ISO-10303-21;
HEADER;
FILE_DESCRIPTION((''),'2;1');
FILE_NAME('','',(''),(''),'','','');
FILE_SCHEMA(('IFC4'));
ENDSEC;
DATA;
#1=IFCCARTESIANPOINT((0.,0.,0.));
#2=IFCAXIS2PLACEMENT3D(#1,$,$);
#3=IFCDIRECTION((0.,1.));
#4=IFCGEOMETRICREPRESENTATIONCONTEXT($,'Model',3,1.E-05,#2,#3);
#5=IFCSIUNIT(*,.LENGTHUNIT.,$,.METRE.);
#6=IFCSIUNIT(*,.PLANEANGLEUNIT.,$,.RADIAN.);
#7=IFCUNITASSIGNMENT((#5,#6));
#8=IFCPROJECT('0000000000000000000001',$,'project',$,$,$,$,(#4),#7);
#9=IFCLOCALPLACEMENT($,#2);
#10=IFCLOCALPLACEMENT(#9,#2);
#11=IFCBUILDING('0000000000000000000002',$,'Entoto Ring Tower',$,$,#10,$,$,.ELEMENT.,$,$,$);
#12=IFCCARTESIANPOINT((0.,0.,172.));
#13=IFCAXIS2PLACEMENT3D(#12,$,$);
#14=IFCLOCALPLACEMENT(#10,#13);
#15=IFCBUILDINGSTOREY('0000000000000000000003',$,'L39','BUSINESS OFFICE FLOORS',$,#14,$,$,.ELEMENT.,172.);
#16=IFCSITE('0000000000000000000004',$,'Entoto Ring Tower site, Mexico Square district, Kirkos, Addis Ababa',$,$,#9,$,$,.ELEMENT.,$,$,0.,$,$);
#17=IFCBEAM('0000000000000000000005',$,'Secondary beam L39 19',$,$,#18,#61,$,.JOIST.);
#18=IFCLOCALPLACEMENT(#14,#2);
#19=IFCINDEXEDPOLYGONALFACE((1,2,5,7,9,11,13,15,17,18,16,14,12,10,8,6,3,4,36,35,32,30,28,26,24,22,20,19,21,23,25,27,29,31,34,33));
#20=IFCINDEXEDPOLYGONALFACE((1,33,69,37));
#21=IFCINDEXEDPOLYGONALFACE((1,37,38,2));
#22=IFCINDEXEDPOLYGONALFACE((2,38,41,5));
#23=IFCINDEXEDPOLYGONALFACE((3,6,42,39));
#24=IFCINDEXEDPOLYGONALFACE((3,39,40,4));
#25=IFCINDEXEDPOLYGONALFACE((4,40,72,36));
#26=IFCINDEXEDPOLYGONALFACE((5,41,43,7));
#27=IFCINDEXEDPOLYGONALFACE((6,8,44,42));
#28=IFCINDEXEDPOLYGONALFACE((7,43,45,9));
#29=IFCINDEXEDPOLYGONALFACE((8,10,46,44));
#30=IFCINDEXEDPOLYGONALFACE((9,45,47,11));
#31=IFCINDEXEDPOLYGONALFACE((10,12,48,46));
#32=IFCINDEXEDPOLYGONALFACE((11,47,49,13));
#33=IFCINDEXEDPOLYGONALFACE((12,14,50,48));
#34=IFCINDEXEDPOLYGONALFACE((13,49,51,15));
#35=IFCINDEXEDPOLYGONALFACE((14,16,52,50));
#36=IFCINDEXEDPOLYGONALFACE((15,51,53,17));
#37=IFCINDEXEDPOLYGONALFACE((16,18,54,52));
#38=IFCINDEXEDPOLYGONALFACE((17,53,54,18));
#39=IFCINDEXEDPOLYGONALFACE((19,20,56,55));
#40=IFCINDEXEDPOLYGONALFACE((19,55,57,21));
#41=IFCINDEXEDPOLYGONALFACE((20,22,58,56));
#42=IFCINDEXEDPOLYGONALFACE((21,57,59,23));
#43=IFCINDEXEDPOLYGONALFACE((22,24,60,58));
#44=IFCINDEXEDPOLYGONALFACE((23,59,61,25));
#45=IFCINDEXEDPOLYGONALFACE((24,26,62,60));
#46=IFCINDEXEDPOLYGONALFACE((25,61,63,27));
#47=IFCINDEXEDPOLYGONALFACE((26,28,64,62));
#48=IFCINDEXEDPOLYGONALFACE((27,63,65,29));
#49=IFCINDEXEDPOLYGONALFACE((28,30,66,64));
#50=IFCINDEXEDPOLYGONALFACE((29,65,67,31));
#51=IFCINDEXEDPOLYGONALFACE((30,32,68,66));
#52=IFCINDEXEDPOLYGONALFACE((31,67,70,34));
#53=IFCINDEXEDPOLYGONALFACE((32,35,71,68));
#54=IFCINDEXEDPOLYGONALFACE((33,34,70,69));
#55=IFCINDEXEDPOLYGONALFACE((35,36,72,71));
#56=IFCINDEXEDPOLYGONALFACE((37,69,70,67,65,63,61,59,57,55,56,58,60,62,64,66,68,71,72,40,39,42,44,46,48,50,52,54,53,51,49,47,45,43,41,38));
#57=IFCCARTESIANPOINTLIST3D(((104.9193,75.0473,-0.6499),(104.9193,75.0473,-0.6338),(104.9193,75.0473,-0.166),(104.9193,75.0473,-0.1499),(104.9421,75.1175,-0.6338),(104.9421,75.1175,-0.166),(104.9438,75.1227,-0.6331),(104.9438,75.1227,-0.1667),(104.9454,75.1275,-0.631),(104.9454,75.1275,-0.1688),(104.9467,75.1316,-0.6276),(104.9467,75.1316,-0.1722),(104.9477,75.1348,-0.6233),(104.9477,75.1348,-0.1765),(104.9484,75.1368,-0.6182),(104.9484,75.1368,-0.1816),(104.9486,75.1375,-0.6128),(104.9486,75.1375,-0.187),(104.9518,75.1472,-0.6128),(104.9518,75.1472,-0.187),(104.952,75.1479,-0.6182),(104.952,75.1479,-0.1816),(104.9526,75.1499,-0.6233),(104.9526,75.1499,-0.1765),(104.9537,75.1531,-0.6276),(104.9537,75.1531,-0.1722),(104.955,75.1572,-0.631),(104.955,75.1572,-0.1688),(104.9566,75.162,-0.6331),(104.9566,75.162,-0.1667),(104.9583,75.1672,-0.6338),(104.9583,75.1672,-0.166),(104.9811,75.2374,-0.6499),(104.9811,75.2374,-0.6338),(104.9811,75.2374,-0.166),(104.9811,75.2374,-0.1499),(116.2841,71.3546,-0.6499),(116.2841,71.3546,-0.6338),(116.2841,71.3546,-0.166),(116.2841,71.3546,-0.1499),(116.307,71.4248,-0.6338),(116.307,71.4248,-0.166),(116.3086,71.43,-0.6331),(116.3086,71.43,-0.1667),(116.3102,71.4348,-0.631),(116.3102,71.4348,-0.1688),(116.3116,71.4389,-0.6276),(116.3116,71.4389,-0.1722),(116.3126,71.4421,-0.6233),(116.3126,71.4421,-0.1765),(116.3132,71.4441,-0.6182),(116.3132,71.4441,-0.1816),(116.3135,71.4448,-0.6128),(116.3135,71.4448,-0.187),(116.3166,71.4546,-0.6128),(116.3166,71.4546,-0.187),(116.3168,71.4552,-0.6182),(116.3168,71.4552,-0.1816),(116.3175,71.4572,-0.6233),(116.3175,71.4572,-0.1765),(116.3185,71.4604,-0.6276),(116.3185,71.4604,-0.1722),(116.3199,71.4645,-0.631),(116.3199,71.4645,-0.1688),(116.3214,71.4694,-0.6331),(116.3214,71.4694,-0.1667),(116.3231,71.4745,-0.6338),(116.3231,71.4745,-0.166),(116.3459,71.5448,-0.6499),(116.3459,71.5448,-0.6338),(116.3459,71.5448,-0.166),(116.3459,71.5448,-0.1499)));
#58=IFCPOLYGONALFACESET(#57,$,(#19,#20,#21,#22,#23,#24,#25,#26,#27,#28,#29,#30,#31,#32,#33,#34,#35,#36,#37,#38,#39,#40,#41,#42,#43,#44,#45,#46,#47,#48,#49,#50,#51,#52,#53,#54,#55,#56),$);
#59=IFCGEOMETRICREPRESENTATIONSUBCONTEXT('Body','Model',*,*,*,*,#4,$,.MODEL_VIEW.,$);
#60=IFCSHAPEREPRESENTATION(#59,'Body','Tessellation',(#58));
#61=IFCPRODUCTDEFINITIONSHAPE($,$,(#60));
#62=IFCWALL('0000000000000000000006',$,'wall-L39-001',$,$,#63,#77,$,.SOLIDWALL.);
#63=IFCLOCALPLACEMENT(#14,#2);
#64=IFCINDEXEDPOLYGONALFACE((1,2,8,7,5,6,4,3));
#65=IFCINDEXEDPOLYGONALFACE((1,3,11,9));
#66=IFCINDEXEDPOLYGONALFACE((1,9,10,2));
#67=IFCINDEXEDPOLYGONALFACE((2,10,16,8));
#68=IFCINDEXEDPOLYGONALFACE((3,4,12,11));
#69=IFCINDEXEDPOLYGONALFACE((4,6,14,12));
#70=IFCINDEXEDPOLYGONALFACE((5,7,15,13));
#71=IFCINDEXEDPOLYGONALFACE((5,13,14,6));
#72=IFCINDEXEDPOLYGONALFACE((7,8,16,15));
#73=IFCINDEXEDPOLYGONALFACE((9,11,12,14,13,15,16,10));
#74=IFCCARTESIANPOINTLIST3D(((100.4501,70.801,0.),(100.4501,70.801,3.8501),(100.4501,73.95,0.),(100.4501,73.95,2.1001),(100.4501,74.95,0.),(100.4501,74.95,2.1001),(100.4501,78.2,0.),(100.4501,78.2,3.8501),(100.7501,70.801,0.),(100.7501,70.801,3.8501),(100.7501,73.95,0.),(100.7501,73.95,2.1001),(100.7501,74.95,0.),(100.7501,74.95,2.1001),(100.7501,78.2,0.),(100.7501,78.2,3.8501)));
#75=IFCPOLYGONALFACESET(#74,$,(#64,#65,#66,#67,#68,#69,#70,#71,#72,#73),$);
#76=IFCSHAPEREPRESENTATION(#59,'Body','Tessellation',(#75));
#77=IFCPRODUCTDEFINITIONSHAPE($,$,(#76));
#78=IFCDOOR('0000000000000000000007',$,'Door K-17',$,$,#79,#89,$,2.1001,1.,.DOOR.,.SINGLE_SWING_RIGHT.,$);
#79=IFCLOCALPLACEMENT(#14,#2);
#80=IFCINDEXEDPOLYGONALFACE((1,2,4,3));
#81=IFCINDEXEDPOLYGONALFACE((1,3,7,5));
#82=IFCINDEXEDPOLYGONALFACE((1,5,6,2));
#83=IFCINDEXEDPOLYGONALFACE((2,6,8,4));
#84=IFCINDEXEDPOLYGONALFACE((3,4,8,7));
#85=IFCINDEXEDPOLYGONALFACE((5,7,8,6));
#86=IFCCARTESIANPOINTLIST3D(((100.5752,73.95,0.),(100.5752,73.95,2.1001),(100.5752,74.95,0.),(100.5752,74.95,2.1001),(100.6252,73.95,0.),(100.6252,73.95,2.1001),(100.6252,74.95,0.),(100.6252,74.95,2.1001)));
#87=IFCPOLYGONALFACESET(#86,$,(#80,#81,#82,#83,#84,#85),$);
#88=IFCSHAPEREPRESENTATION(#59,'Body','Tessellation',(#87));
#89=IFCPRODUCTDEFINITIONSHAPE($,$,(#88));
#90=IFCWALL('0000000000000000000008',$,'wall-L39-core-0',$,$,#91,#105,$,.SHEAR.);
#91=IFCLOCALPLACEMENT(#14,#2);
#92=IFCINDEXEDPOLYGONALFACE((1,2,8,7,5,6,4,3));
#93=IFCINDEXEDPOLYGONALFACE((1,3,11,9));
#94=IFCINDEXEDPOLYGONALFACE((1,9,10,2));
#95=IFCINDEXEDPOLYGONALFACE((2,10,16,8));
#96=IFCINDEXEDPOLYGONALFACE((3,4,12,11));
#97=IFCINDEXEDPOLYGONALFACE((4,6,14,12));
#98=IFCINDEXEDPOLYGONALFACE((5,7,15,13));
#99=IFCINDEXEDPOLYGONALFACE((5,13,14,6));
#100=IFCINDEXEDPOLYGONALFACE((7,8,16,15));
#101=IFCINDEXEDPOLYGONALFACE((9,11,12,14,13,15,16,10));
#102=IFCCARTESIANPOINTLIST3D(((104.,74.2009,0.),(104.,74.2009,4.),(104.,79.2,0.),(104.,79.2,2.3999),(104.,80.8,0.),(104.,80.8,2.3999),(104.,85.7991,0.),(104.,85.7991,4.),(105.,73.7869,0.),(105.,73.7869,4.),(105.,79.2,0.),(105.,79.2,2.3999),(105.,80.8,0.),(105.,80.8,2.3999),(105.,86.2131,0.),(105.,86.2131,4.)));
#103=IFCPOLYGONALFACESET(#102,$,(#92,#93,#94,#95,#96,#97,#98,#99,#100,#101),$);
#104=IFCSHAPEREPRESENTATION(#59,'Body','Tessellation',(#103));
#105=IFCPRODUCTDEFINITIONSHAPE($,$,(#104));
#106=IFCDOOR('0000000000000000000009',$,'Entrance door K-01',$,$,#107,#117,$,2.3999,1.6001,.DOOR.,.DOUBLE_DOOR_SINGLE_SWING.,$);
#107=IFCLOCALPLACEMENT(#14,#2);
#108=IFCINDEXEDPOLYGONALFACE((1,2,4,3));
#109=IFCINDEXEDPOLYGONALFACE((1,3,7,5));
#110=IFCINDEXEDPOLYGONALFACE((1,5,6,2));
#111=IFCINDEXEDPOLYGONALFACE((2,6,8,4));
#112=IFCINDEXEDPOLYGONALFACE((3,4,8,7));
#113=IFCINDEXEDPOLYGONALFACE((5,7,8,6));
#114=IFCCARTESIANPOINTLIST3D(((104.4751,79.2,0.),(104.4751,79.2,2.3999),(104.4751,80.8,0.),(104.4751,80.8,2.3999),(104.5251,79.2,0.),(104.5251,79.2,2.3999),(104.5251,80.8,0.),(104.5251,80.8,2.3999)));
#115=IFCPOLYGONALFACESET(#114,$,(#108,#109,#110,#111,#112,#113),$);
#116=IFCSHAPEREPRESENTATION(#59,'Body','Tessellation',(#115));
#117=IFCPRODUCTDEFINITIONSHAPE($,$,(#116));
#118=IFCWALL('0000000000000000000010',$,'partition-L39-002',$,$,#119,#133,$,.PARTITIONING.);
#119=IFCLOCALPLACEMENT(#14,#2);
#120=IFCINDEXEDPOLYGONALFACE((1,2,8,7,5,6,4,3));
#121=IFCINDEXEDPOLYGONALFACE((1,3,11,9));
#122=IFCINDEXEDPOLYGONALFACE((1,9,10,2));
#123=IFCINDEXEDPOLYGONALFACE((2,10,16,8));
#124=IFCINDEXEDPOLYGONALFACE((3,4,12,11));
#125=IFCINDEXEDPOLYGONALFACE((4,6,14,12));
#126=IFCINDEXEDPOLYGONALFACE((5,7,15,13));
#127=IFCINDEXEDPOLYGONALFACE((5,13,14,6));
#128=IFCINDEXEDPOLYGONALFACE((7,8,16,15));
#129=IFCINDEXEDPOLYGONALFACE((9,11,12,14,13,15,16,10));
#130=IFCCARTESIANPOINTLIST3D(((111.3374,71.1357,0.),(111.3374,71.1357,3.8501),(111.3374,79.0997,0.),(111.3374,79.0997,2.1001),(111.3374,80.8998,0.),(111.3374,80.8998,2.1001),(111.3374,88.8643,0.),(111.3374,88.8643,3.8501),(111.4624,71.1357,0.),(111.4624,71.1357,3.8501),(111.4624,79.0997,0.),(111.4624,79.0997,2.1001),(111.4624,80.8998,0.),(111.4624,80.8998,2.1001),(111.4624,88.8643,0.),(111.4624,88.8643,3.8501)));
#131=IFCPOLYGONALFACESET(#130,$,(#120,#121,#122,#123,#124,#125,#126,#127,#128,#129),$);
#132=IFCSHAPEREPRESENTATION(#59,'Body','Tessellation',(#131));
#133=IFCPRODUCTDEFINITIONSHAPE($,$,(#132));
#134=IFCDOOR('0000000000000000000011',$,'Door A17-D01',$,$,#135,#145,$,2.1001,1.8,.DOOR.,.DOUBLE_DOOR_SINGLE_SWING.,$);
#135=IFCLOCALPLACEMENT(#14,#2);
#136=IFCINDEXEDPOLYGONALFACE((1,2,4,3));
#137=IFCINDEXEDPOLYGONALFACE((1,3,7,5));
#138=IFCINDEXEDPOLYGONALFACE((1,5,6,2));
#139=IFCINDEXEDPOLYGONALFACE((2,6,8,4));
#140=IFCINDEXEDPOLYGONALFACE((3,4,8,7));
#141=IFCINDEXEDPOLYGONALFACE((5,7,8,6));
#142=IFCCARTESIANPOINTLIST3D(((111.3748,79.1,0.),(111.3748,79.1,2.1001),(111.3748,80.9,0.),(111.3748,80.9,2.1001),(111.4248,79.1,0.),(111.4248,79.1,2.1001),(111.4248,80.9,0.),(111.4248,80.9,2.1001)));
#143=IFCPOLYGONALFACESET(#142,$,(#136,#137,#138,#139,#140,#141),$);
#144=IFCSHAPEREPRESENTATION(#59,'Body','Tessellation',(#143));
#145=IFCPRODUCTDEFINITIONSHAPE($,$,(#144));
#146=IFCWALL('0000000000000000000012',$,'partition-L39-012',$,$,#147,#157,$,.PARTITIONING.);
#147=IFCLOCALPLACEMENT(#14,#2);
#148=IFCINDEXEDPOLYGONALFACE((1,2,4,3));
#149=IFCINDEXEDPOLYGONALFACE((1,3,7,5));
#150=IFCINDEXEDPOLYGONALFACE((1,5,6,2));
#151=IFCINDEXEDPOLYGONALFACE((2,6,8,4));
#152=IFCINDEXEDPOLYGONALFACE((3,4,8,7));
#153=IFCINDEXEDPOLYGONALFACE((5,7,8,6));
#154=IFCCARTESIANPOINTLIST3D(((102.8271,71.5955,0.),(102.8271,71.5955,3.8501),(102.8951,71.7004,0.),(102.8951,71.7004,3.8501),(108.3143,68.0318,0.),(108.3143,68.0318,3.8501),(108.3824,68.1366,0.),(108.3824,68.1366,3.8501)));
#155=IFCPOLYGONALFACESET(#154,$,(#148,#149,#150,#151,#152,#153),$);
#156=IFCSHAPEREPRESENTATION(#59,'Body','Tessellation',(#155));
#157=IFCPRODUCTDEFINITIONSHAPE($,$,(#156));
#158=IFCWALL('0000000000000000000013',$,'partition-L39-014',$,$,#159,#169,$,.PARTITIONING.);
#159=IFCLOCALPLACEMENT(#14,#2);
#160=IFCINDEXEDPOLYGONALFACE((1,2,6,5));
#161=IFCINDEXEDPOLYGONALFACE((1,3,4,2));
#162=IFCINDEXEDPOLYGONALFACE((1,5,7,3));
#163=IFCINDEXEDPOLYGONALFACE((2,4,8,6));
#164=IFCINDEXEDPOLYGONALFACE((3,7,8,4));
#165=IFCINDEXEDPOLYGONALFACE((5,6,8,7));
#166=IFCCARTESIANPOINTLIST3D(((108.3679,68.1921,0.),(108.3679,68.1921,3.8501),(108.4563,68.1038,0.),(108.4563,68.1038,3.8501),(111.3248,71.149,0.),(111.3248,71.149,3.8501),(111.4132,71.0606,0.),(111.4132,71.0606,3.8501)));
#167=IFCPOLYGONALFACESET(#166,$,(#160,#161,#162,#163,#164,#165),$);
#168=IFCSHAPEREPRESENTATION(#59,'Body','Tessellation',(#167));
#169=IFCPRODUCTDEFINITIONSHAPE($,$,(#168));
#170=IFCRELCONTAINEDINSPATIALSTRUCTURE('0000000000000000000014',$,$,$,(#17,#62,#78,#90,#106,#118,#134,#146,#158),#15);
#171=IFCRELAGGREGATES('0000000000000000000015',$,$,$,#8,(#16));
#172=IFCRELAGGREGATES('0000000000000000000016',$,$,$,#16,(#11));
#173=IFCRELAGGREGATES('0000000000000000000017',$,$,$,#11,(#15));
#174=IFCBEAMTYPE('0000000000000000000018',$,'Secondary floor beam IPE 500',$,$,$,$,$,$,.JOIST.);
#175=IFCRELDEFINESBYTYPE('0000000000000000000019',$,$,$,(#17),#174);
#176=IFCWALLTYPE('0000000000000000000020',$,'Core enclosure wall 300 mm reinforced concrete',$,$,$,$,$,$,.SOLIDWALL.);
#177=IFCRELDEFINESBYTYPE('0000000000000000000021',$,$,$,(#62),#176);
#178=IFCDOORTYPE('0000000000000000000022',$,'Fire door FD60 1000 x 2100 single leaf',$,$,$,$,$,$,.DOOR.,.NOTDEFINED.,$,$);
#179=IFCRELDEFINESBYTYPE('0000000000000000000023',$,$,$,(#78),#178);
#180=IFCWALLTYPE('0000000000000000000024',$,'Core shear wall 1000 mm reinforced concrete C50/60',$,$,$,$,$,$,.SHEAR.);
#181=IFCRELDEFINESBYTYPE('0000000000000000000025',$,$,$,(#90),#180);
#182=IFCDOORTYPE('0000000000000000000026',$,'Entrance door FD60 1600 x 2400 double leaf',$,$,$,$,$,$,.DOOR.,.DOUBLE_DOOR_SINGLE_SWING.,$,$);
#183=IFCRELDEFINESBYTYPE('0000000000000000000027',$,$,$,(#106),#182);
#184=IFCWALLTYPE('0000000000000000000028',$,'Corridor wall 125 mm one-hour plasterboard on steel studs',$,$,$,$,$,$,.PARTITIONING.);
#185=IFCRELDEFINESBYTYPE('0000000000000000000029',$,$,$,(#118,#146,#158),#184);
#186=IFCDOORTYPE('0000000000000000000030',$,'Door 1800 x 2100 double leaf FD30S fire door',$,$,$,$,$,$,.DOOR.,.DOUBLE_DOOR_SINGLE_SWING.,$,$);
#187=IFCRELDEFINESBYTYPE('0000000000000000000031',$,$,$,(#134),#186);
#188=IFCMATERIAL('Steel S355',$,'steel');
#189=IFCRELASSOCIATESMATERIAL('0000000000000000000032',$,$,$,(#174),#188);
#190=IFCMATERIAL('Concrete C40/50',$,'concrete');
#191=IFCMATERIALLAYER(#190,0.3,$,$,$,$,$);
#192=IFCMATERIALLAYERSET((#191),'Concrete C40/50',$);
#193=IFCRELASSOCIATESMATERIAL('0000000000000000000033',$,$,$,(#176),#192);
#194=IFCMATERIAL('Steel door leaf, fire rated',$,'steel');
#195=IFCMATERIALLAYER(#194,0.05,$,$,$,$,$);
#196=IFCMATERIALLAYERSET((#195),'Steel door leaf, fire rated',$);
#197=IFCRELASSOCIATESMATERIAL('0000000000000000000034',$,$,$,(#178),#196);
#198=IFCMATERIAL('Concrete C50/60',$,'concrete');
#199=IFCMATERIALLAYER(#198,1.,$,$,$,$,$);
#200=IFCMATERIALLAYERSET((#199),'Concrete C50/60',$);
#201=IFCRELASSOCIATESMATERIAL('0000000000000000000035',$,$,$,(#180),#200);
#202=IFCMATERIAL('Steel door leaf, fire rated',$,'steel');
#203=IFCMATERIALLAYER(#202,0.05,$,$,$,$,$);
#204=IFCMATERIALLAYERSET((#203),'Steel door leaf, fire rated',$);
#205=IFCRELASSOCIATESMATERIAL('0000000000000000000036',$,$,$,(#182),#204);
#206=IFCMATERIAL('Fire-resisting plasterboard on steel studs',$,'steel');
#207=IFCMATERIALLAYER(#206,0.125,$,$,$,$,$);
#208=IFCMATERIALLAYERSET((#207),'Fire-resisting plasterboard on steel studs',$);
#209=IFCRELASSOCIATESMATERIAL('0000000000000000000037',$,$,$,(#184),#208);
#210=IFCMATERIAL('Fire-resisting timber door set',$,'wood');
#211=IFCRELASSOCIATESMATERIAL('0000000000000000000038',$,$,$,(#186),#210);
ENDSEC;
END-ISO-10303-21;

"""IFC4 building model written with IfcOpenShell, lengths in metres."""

from ifc_helpers import new_model, si_unit, direction, frame, frame_2d, origin, origin_2d, place, context, subcontext, project, spatial, polyline, rectangle, i_section, outline, extrude, material, layer, layer_set, material_profile, profile_set, type_object, element, fill, save


model = new_model("IFC4")

# Units and contexts
model_context = context("Model", 3, precision=1e-05, world=origin(), true_north=direction((0.0, 1.0)))
body_context = subcontext(model_context, "Body", "Model", "MODEL_VIEW")
ifc_project = project(units=[si_unit("LENGTHUNIT", "METRE"), si_unit("PLANEANGLEUNIT", "RADIAN")], contexts=[model_context])

# Site, building, storey
site_placement = place(None, origin())
site = spatial("IfcSite", under=ifc_project, at=site_placement, Name="Entoto Ring Tower site, Mexico Square district, Kirkos, Addis Ababa", CompositionType="ELEMENT", RefElevation=0.0)
building_placement = place(site_placement, origin())
building = spatial("IfcBuilding", under=site, at=building_placement, Name="Entoto Ring Tower", CompositionType="ELEMENT")
storey_placement = place(building_placement, frame((0.0, 0.0, 172.0)))
storey = spatial("IfcBuildingStorey", under=building, at=storey_placement, Name="L39", Description="BUSINESS OFFICE FLOORS", CompositionType="ELEMENT", Elevation=172.0)

# Beam
ifc_material_1 = material(Name="Steel S355", Category="steel")
ifc_material_profile_1 = material_profile(ifc_material_1, i_section(OverallWidth=0.2, OverallDepth=0.5, WebThickness=0.0103, FlangeThickness=0.0161, FilletRadius=0.021, at=origin_2d()), Name="IPE 500")
ifc_profile_set_1 = profile_set([ifc_material_profile_1], Name="Steel S355")
beam_type_1 = type_object("IfcBeamType", Name="Secondary floor beam IPE 500", PredefinedType="JOIST", material=ifc_profile_set_1)
beam_1_placement = place(storey_placement, frame((104.9502, 75.1423, -0.3999), z_axis=(0.951057, -0.309017, 0.0), x_axis=(0.309017, 0.951057, 0.0)))
element("IfcBeam", 1, at=beam_1_placement, inside=storey, type_object=beam_type_1, Name="Secondary beam L39 19", PredefinedType="JOIST", context=body_context, shape_type="SweptSolid", body=[
    extrude(i_section(OverallWidth=0.2, OverallDepth=0.5, WebThickness=0.0103, FlangeThickness=0.0161, FilletRadius=0.021, at=origin_2d()), origin(), (0.0, 0.0, 1.0), 11.9497),
])

# Walls, openings, doors
ifc_material_2 = material(Name="Concrete C40/50", Category="concrete")
ifc_layer_1 = layer(ifc_material_2, 0.3)
ifc_layer_set_1 = layer_set([ifc_layer_1], Name="Concrete C40/50")
wall_type_1 = type_object("IfcWallType", Name="Core enclosure wall 300 mm reinforced concrete", PredefinedType="SOLIDWALL", material=ifc_layer_set_1)
wall_1_placement = place(storey_placement, frame((100.6001, 70.801, 0.0), z_axis=(0.0, 0.0, 1.0), x_axis=(0.0, 1.0, 0.0)))
wall_1 = element("IfcWall", 2, at=wall_1_placement, inside=storey, type_object=wall_type_1, Name="wall-L39-001", PredefinedType="SOLIDWALL", context=body_context, shape_type="SweptSolid", body=[
    extrude(rectangle(XDim=7.3989, YDim=0.3, at=frame_2d((3.6995, 0.0))), origin(), (0.0, 0.0, 1.0), 3.8501),
])
opening_1_placement = place(wall_1_placement, frame((3.1489, 0.0, 0.0)))
opening_1 = element("IfcOpeningElement", 3, at=opening_1_placement, cuts=wall_1, PredefinedType="OPENING", context=body_context, shape_type="SweptSolid", body=[
    extrude(rectangle(XDim=1.0, YDim=2.1001, at=frame_2d((0.5, 1.05))), frame((0.0, 0.1602, 0.0), z_axis=(0.0, -1.0, 0.0), x_axis=(1.0, 0.0, 0.0)), (0.0, 0.0, 1.0), 0.3201),
])
ifc_material_3 = material(Name="Steel door leaf, fire rated", Category="steel")
ifc_layer_2 = layer(ifc_material_3, 0.05)
ifc_layer_set_2 = layer_set([ifc_layer_2], Name="Steel door leaf, fire rated")
door_type_1 = type_object("IfcDoorType", Name="Fire door FD60 1000 x 2100 single leaf", OperationType="NOTDEFINED", PredefinedType="DOOR", material=ifc_layer_set_2)
door_1_placement = place(opening_1_placement, origin())
door_1 = element("IfcDoor", 4, at=door_1_placement, inside=storey, type_object=door_type_1, Name="Door K-17", OperationType="SINGLE_SWING_RIGHT", OverallHeight=2.1001, OverallWidth=1.0, PredefinedType="DOOR", context=body_context, shape_type="SweptSolid", body=[
    extrude(rectangle(XDim=1.0, YDim=2.1001, at=frame_2d((0.5, 1.05))), frame((0.0, 0.0249, 0.0), z_axis=(0.0, -1.0, 0.0), x_axis=(1.0, 0.0, 0.0)), (0.0, 0.0, 1.0), 0.05),
])
fill(opening_1, door_1)
ifc_material_4 = material(Name="Concrete C50/60", Category="concrete")
ifc_layer_3 = layer(ifc_material_4, 1.0)
ifc_layer_set_3 = layer_set([ifc_layer_3], Name="Concrete C50/60")
wall_type_2 = type_object("IfcWallType", Name="Core shear wall 1000 mm reinforced concrete C50/60", PredefinedType="SHEAR", material=ifc_layer_set_3)
wall_2_placement = place(storey_placement, frame((104.5, 73.9939, 0.0), z_axis=(0.0, 0.0, 1.0), x_axis=(0.0, 1.0, 0.0)))
wall_2 = element("IfcWall", 5, at=wall_2_placement, inside=storey, type_object=wall_type_2, Name="wall-L39-core-0", PredefinedType="SHEAR", context=body_context, shape_type="SweptSolid", body=[
    extrude(outline(polyline([(-0.207, -0.5), (12.2192, -0.5), (11.8052, 0.5), (0.207, 0.5), (-0.207, -0.5)])), origin(), (0.0, 0.0, 1.0), 4.0),
])
opening_2_placement = place(wall_2_placement, frame((5.2061, 0.0, 0.0)))
opening_2 = element("IfcOpeningElement", 6, at=opening_2_placement, cuts=wall_2, PredefinedType="OPENING", context=body_context, shape_type="SweptSolid", body=[
    extrude(rectangle(XDim=1.6001, YDim=2.3999, at=frame_2d((0.8, 1.2))), frame((0.0, 0.51, 0.0), z_axis=(0.0, -1.0, 0.0), x_axis=(1.0, 0.0, 0.0)), (0.0, 0.0, 1.0), 1.02),
])
ifc_material_5 = material(Name="Steel door leaf, fire rated", Category="steel")
ifc_layer_4 = layer(ifc_material_5, 0.05)
ifc_layer_set_4 = layer_set([ifc_layer_4], Name="Steel door leaf, fire rated")
door_type_2 = type_object("IfcDoorType", Name="Entrance door FD60 1600 x 2400 double leaf", OperationType="DOUBLE_DOOR_SINGLE_SWING", PredefinedType="DOOR", material=ifc_layer_set_4)
door_2_placement = place(opening_2_placement, origin())
door_2 = element("IfcDoor", 7, at=door_2_placement, inside=storey, type_object=door_type_2, Name="Entrance door K-01", OperationType="DOUBLE_DOOR_SINGLE_SWING", OverallHeight=2.3999, OverallWidth=1.6001, PredefinedType="DOOR", context=body_context, shape_type="SweptSolid", body=[
    extrude(rectangle(XDim=1.6001, YDim=2.3999, at=frame_2d((0.8, 1.2))), frame((0.0, 0.0249, 0.0), z_axis=(0.0, -1.0, 0.0), x_axis=(1.0, 0.0, 0.0)), (0.0, 0.0, 1.0), 0.05),
])
fill(opening_2, door_2)
ifc_material_6 = material(Name="Fire-resisting plasterboard on steel studs", Category="steel")
ifc_layer_5 = layer(ifc_material_6, 0.125)
ifc_layer_set_5 = layer_set([ifc_layer_5], Name="Fire-resisting plasterboard on steel studs")
wall_type_3 = type_object("IfcWallType", Name="Corridor wall 125 mm one-hour plasterboard on steel studs", PredefinedType="PARTITIONING", material=ifc_layer_set_5)
wall_3_placement = place(storey_placement, frame((111.3999, 71.1357, 0.0), z_axis=(0.0, 0.0, 1.0), x_axis=(0.0, 1.0, 0.0)))
wall_3 = element("IfcWall", 8, at=wall_3_placement, inside=storey, type_object=wall_type_3, Name="partition-L39-002", PredefinedType="PARTITIONING", context=body_context, shape_type="SweptSolid", body=[
    extrude(rectangle(XDim=17.7285, YDim=0.125, at=frame_2d((8.8643, 0.0))), origin(), (0.0, 0.0, 1.0), 3.8501),
])
opening_3_placement = place(wall_3_placement, frame((7.9641, 0.0, 0.0)))
opening_3 = element("IfcOpeningElement", 9, at=opening_3_placement, cuts=wall_3, PredefinedType="OPENING", context=body_context, shape_type="SweptSolid", body=[
    extrude(rectangle(XDim=1.8, YDim=2.1001, at=frame_2d((0.8999, 1.05))), frame((0.0, 0.0725, 0.0), z_axis=(0.0, -1.0, 0.0), x_axis=(1.0, 0.0, 0.0)), (0.0, 0.0, 1.0), 0.145),
])
ifc_material_7 = material(Name="Fire-resisting timber door set", Category="wood")
door_type_3 = type_object("IfcDoorType", Name="Door 1800 x 2100 double leaf FD30S fire door", OperationType="DOUBLE_DOOR_SINGLE_SWING", PredefinedType="DOOR", material=ifc_material_7)
door_3_placement = place(opening_3_placement, frame((1.8, 0.0, 0.0), z_axis=(0.0, 0.0, 1.0), x_axis=(-1.0, 0.0, 0.0)))
door_3 = element("IfcDoor", 10, at=door_3_placement, inside=storey, type_object=door_type_3, Name="Door A17-D01", OperationType="DOUBLE_DOOR_SINGLE_SWING", OverallHeight=2.1001, OverallWidth=1.8, PredefinedType="DOOR", context=body_context, shape_type="SweptSolid", body=[
    extrude(rectangle(XDim=1.8, YDim=2.1001, at=frame_2d((0.8999, 1.05))), frame((0.0, 0.0249, 0.0), z_axis=(0.0, -1.0, 0.0), x_axis=(1.0, 0.0, 0.0)), (0.0, 0.0, 1.0), 0.05),
])
fill(opening_3, door_3)

# Walls
wall_4_placement = place(storey_placement, frame((108.3484, 68.0842, 0.0), z_axis=(0.0, 0.0, 1.0), x_axis=(-0.838655, 0.544663, 0.0)))
element("IfcWall", 11, at=wall_4_placement, inside=storey, type_object=wall_type_3, Name="partition-L39-012", PredefinedType="PARTITIONING", context=body_context, shape_type="SweptSolid", body=[
    extrude(rectangle(XDim=6.543, YDim=0.125, at=frame_2d((3.2715, 0.0))), origin(), (0.0, 0.0, 1.0), 3.8501),
])
wall_5_placement = place(storey_placement, frame((108.4121, 68.1479, 0.0), z_axis=(0.0, 0.0, 1.0), x_axis=(0.707107, 0.707107, 0.0)))
element("IfcWall", 12, at=wall_5_placement, inside=storey, type_object=wall_type_3, Name="partition-L39-014", PredefinedType="PARTITIONING", context=body_context, shape_type="SweptSolid", body=[
    extrude(rectangle(XDim=4.1816, YDim=0.125, at=frame_2d((2.0908, 0.0))), origin(), (0.0, 0.0, 1.0), 3.8501),
])

save(model, "model.ifc")
